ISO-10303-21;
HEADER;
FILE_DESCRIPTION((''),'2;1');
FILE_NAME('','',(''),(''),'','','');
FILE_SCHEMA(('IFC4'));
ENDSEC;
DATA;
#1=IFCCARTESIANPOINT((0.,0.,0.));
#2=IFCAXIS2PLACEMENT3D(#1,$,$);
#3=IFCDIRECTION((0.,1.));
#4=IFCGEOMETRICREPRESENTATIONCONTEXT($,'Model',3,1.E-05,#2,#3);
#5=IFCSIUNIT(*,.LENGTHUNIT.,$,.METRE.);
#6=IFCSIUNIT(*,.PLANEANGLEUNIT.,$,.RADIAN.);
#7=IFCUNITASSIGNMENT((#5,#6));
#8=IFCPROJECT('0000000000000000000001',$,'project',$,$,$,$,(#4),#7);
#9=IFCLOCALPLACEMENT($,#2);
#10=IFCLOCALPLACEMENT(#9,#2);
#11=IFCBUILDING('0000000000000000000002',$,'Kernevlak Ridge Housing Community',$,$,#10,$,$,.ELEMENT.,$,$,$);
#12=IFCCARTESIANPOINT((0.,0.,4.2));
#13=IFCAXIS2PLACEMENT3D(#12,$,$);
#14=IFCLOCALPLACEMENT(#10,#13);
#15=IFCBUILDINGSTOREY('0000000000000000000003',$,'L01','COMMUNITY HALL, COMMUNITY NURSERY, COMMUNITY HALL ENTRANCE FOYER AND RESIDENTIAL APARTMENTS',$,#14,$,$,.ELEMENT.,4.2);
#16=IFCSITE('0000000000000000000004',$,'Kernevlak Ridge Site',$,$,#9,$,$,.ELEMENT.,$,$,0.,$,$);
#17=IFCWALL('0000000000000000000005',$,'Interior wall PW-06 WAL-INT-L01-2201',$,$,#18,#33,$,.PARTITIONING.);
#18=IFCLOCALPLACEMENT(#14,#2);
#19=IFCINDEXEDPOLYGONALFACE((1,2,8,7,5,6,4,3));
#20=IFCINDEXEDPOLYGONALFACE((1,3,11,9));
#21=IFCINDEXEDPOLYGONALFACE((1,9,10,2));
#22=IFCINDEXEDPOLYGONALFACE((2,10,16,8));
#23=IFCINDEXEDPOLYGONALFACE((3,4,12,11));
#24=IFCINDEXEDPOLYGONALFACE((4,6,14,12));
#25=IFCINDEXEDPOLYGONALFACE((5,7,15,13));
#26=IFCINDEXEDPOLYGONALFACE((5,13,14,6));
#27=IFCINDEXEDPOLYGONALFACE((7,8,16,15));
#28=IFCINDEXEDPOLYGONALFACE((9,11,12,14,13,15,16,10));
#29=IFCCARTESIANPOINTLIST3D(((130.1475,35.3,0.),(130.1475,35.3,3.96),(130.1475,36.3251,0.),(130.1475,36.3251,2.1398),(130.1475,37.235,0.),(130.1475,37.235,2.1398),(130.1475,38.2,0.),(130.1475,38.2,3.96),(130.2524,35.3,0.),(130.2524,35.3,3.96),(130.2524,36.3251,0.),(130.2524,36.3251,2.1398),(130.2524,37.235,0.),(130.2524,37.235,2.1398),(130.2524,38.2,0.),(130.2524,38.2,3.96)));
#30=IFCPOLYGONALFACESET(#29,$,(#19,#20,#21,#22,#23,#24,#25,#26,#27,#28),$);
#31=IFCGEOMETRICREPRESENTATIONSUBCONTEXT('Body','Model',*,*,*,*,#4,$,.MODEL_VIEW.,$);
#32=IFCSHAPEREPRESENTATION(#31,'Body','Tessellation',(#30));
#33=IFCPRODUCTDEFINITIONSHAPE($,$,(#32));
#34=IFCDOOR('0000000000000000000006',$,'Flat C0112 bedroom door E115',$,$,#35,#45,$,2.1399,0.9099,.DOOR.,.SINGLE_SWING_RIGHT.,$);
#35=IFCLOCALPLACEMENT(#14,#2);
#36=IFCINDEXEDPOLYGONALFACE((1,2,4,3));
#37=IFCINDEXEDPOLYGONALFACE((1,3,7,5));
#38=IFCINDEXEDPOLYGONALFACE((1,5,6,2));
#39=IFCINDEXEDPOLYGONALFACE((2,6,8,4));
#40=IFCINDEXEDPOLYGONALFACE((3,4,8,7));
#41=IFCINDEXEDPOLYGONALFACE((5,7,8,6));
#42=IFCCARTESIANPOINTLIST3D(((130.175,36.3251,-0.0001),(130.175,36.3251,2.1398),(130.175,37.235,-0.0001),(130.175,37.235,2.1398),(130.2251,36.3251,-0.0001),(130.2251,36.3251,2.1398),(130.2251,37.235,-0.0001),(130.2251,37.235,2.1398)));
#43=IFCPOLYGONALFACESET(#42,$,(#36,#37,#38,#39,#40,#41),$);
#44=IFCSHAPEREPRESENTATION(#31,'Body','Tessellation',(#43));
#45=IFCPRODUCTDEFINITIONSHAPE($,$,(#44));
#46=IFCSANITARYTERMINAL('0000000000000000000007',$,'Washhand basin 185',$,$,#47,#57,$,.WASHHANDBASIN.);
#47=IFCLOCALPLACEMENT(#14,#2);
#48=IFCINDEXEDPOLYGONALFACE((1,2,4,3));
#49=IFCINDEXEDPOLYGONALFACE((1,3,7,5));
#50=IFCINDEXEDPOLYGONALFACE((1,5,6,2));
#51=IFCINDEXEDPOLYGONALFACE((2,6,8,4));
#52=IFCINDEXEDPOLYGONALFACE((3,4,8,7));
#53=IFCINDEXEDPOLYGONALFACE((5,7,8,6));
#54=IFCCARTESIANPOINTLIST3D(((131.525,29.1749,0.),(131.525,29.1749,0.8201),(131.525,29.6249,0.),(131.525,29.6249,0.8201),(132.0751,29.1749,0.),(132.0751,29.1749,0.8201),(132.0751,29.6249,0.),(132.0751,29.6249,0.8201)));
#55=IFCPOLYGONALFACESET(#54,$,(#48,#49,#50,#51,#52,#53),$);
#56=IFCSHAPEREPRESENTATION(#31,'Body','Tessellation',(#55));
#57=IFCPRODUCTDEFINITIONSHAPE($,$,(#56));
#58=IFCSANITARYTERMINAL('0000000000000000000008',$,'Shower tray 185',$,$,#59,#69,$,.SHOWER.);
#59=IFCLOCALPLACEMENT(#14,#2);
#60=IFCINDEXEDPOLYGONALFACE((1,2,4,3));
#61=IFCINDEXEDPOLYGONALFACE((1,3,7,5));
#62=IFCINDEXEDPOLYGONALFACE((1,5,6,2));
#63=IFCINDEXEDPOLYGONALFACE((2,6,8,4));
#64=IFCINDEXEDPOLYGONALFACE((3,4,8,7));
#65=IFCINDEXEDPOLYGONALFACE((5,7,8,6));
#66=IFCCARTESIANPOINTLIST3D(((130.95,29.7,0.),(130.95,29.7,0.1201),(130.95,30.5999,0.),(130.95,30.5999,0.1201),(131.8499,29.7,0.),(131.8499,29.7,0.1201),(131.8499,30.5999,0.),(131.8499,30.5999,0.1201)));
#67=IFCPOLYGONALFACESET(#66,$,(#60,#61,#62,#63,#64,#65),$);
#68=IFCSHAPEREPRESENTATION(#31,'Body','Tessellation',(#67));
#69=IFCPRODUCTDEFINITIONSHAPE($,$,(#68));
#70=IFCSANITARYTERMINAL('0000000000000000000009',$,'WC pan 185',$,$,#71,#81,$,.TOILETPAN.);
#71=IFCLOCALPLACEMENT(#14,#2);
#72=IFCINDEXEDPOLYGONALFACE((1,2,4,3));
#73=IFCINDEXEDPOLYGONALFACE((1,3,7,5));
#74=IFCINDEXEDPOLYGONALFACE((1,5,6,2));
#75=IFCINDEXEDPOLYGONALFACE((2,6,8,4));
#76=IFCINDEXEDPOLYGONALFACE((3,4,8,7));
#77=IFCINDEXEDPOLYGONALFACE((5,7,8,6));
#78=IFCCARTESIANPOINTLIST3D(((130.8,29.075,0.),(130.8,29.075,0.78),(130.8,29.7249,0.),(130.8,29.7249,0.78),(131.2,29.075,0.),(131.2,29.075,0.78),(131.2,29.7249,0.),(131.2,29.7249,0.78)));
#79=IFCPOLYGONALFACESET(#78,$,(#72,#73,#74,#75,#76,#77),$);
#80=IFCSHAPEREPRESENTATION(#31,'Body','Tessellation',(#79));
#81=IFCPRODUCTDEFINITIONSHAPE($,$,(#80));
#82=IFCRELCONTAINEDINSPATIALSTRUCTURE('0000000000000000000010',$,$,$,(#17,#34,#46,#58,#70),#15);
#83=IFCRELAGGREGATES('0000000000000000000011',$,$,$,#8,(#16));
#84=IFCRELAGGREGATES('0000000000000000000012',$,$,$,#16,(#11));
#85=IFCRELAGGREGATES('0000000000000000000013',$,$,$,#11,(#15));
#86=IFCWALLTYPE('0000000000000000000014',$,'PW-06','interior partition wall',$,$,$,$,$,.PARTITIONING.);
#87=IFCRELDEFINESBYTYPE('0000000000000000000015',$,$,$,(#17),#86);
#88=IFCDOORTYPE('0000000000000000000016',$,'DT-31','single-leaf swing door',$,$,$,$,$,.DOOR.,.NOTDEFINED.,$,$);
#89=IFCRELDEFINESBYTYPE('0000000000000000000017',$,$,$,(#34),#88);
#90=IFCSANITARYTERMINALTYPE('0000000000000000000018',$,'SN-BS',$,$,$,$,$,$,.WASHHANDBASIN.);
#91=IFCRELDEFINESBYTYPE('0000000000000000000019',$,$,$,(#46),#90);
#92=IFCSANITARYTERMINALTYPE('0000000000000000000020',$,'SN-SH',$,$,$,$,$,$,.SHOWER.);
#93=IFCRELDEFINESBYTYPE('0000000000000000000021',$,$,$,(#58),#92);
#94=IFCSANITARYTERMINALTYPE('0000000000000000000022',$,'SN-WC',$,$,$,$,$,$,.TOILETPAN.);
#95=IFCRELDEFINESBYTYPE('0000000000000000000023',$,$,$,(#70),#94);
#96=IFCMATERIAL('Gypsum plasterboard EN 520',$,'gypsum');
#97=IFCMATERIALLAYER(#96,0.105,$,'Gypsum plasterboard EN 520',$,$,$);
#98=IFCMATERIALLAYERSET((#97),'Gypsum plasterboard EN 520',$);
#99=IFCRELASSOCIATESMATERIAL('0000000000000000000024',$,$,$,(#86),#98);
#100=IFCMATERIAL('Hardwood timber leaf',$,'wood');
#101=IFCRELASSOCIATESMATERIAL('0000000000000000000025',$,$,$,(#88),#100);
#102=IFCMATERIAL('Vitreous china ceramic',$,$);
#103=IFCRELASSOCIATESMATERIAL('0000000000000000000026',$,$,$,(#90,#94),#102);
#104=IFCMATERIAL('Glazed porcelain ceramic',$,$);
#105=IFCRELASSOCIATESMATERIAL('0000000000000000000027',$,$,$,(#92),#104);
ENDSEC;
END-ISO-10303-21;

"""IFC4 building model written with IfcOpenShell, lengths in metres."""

from ifc_helpers import new_model, si_unit, direction, frame, frame_2d, origin, origin_2d, place, context, subcontext, project, spatial, rectangle, extrude, material, layer, layer_set, type_object, element, fill, save


model = new_model("IFC4")

# Units and contexts
model_context = context("Model", 3, precision=1e-05, world=origin(), true_north=direction((0.0, 1.0)))
body_context = subcontext(model_context, "Body", "Model", "MODEL_VIEW")
ifc_project = project(units=[si_unit("LENGTHUNIT", "METRE"), si_unit("PLANEANGLEUNIT", "RADIAN")], contexts=[model_context])

# Site, building, storey
site_placement = place(None, origin())
site = spatial("IfcSite", under=ifc_project, at=site_placement, Name="Kernevlak Ridge Site", CompositionType="ELEMENT", RefElevation=0.0)
building_placement = place(site_placement, origin())
building = spatial("IfcBuilding", under=site, at=building_placement, Name="Kernevlak Ridge Housing Community", CompositionType="ELEMENT")
storey_placement = place(building_placement, frame((0.0, 0.0, 4.2)))
storey = spatial("IfcBuildingStorey", under=building, at=storey_placement, Name="L01", Description="COMMUNITY HALL, COMMUNITY NURSERY, COMMUNITY HALL ENTRANCE FOYER AND RESIDENTIAL APARTMENTS", CompositionType="ELEMENT", Elevation=4.2)

# Shared definitions
ifc_material_1 = material(Name="Hardwood timber leaf", Category="wood")

# Shared definitions
ifc_material_2 = material(Name="Gypsum plasterboard EN 520", Category="gypsum")

# Wall, opening, door
ifc_layer_1 = layer(ifc_material_2, 0.105, Name="Gypsum plasterboard EN 520")
ifc_layer_set_1 = layer_set([ifc_layer_1], Name="Gypsum plasterboard EN 520")
wall_type_1 = type_object("IfcWallType", Name="PW-06", Description="interior partition wall", PredefinedType="PARTITIONING", material=ifc_layer_set_1)
wall_1_placement = place(storey_placement, frame((130.2, 35.3, 0.0), z_axis=(0.0, 0.0, 1.0), x_axis=(0.0, 1.0, 0.0)))
wall_1 = element("IfcWall", 1, at=wall_1_placement, inside=storey, type_object=wall_type_1, Name="Interior wall PW-06 WAL-INT-L01-2201", PredefinedType="PARTITIONING", context=body_context, shape_type="SweptSolid", body=[
    extrude(rectangle(XDim=2.8999, YDim=0.105, at=frame_2d((1.45, 0.0))), origin(), (0.0, 0.0, 1.0), 3.96),
])
opening_1_placement = place(wall_1_placement, frame((1.0249, 0.0, 0.0)))
opening_1 = element("IfcOpeningElement", 2, at=opening_1_placement, cuts=wall_1, PredefinedType="OPENING", context=body_context, shape_type="SweptSolid", body=[
    extrude(rectangle(XDim=0.9099, YDim=2.1399, at=frame_2d((0.4551, 1.0698))), frame((0.0, 0.0625, 0.0), z_axis=(0.0, -1.0, 0.0), x_axis=(1.0, 0.0, 0.0)), (0.0, 0.0, 1.0), 0.125),
])
door_type_1 = type_object("IfcDoorType", Name="DT-31", Description="single-leaf swing door", OperationType="NOTDEFINED", PredefinedType="DOOR", material=ifc_material_1)
door_1_placement = place(opening_1_placement, origin())
door_1 = element("IfcDoor", 3, at=door_1_placement, inside=storey, type_object=door_type_1, Name="Flat C0112 bedroom door E115", OperationType="SINGLE_SWING_RIGHT", OverallHeight=2.1399, OverallWidth=0.9099, PredefinedType="DOOR", context=body_context, shape_type="SweptSolid", body=[
    extrude(rectangle(XDim=0.9099, YDim=2.1399, at=frame_2d((0.4551, 1.0698))), frame((0.0, 0.0249, 0.0), z_axis=(0.0, -1.0, 0.0), x_axis=(1.0, 0.0, 0.0)), (0.0, 0.0, 1.0), 0.05),
])
fill(opening_1, door_1)

# Sanitary terminals
ifc_material_3 = material(Name="Vitreous china ceramic")
sanitary_terminal_type_1 = type_object("IfcSanitaryTerminalType", Name="SN-BS", PredefinedType="WASHHANDBASIN", material=ifc_material_3)
sanitary_terminal_1_placement = place(storey_placement, frame((131.8, 29.3999, 0.0), z_axis=(0.0, 0.0, 1.0), x_axis=(1.0, 0.0, 0.0)))
element("IfcSanitaryTerminal", 4, at=sanitary_terminal_1_placement, inside=storey, type_object=sanitary_terminal_type_1, Name="Washhand basin 185", PredefinedType="WASHHANDBASIN", context=body_context, shape_type="SweptSolid", body=[
    extrude(rectangle(XDim=0.55, YDim=0.45, at=origin_2d()), origin(), (0.0, 0.0, 1.0), 0.8201),
])
ifc_material_4 = material(Name="Glazed porcelain ceramic")
sanitary_terminal_type_2 = type_object("IfcSanitaryTerminalType", Name="SN-SH", PredefinedType="SHOWER", material=ifc_material_4)
sanitary_terminal_2_placement = place(storey_placement, frame((131.3999, 30.1499, 0.0), z_axis=(0.0, 0.0, 1.0), x_axis=(1.0, 0.0, 0.0)))
element("IfcSanitaryTerminal", 5, at=sanitary_terminal_2_placement, inside=storey, type_object=sanitary_terminal_type_2, Name="Shower tray 185", PredefinedType="SHOWER", context=body_context, shape_type="SweptSolid", body=[
    extrude(rectangle(XDim=0.8999, YDim=0.8999, at=origin_2d()), origin(), (0.0, 0.0, 1.0), 0.1201),
])
sanitary_terminal_type_3 = type_object("IfcSanitaryTerminalType", Name="SN-WC", PredefinedType="TOILETPAN", material=ifc_material_3)
sanitary_terminal_3_placement = place(storey_placement, frame((131.0, 29.3999, 0.0), z_axis=(0.0, 0.0, 1.0), x_axis=(1.0, 0.0, 0.0)))
element("IfcSanitaryTerminal", 6, at=sanitary_terminal_3_placement, inside=storey, type_object=sanitary_terminal_type_3, Name="WC pan 185", PredefinedType="TOILETPAN", context=body_context, shape_type="SweptSolid", body=[
    extrude(rectangle(XDim=0.3999, YDim=0.6499, at=origin_2d()), origin(), (0.0, 0.0, 1.0), 0.78),
])

save(model, "model.ifc")
